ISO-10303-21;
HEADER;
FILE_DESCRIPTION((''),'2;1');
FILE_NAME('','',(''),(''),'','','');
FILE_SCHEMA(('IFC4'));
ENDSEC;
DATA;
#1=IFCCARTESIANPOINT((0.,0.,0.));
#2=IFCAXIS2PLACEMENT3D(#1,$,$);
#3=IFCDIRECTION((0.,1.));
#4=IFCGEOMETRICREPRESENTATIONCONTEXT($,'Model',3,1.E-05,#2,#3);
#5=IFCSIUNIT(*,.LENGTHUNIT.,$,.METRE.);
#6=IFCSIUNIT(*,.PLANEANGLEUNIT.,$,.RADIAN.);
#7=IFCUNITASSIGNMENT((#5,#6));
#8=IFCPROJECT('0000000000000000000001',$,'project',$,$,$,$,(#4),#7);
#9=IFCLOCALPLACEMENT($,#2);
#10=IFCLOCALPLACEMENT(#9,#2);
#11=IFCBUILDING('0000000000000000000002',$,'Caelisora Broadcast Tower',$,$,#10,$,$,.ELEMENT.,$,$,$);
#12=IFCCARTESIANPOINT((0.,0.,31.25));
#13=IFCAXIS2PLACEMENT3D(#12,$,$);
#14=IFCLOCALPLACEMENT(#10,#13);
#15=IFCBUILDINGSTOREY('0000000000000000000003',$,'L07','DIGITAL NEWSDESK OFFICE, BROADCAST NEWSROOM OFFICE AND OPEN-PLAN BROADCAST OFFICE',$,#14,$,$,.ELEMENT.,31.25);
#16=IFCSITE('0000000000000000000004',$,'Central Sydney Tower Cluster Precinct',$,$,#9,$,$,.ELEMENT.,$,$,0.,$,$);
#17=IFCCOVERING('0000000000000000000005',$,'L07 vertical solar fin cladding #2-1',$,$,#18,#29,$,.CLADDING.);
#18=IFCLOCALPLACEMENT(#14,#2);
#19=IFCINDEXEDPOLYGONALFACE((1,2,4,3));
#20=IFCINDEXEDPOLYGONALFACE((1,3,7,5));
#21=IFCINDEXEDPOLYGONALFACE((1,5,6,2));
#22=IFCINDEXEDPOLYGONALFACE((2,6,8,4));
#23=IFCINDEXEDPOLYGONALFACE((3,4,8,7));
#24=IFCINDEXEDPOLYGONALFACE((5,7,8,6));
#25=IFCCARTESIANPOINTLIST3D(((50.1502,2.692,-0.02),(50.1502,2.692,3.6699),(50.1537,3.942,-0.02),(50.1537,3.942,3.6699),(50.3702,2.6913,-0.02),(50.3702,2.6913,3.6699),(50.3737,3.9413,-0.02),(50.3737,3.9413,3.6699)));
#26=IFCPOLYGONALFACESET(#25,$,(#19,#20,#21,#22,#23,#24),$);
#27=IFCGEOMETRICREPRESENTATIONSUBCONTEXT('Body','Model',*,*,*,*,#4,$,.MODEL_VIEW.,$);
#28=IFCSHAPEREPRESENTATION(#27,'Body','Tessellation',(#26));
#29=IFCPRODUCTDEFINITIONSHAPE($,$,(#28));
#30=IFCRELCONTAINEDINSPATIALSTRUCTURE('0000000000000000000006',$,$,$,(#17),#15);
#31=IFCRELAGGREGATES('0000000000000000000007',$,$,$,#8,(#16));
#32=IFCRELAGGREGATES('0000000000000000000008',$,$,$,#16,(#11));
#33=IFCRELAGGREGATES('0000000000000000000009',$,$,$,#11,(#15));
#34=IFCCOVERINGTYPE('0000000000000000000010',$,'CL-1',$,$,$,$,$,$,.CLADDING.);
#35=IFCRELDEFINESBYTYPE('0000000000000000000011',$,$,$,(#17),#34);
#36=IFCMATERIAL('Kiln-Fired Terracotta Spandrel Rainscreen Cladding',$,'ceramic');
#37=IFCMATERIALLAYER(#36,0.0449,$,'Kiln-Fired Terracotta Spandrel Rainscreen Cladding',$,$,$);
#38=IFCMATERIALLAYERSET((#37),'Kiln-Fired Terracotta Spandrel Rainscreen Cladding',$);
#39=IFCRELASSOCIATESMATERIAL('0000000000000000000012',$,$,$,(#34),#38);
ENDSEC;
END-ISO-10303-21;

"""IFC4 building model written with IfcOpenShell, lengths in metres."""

from ifc_helpers import new_model, si_unit, direction, frame, origin, origin_2d, place, context, subcontext, project, spatial, rectangle, extrude, source, transform, mapped, material, layer, layer_set, type_object, type_shapes, element, save


model = new_model("IFC4")

# Units and contexts
model_context = context("Model", 3, precision=1e-05, world=origin(), true_north=direction((0.0, 1.0)))
body_context = subcontext(model_context, "Body", "Model", "MODEL_VIEW")
ifc_project = project(units=[si_unit("LENGTHUNIT", "METRE"), si_unit("PLANEANGLEUNIT", "RADIAN")], contexts=[model_context])

# Site, building, storey
site_placement = place(None, origin())
site = spatial("IfcSite", under=ifc_project, at=site_placement, Name="Central Sydney Tower Cluster Precinct", CompositionType="ELEMENT", RefElevation=0.0)
building_placement = place(site_placement, origin())
building = spatial("IfcBuilding", under=site, at=building_placement, Name="Caelisora Broadcast Tower", CompositionType="ELEMENT")
storey_placement = place(building_placement, frame((0.0, 0.0, 31.25)))
storey = spatial("IfcBuildingStorey", under=building, at=storey_placement, Name="L07", Description="DIGITAL NEWSDESK OFFICE, BROADCAST NEWSROOM OFFICE AND OPEN-PLAN BROADCAST OFFICE", CompositionType="ELEMENT", Elevation=31.25)

# Covering
ifc_material_1 = material(Name="Kiln-Fired Terracotta Spandrel Rainscreen Cladding", Category="ceramic")
ifc_layer_1 = layer(ifc_material_1, 0.0449, Name="Kiln-Fired Terracotta Spandrel Rainscreen Cladding")
ifc_layer_set_1 = layer_set([ifc_layer_1], Name="Kiln-Fired Terracotta Spandrel Rainscreen Cladding")
covering_type = type_object("IfcCoveringType", Name="CL-1", PredefinedType="CLADDING", material=ifc_layer_set_1)
shared_shape_1 = source(origin(), body_context, "Body", "SweptSolid", [
    extrude(rectangle(XDim=0.22, YDim=1.25, at=origin_2d()), origin(), (0.0, 0.0, 1.0), 3.6899),
])
type_shapes(covering_type, [shared_shape_1])
covering_placement = place(storey_placement, frame((50.262, 3.3167, -0.02), z_axis=(0.0, 0.0, 1.0), x_axis=(-0.999996, 0.002793, 0.0)))
element("IfcCovering", 1, at=covering_placement, inside=storey, type_object=covering_type, Name="L07 vertical solar fin cladding #2-1", PredefinedType="CLADDING", context=body_context, shape_type="MappedRepresentation", body=[
    mapped(shared_shape_1, transform((0.0, 0.0, 0.0), scale=1.0)),
])

save(model, "model.ifc")
